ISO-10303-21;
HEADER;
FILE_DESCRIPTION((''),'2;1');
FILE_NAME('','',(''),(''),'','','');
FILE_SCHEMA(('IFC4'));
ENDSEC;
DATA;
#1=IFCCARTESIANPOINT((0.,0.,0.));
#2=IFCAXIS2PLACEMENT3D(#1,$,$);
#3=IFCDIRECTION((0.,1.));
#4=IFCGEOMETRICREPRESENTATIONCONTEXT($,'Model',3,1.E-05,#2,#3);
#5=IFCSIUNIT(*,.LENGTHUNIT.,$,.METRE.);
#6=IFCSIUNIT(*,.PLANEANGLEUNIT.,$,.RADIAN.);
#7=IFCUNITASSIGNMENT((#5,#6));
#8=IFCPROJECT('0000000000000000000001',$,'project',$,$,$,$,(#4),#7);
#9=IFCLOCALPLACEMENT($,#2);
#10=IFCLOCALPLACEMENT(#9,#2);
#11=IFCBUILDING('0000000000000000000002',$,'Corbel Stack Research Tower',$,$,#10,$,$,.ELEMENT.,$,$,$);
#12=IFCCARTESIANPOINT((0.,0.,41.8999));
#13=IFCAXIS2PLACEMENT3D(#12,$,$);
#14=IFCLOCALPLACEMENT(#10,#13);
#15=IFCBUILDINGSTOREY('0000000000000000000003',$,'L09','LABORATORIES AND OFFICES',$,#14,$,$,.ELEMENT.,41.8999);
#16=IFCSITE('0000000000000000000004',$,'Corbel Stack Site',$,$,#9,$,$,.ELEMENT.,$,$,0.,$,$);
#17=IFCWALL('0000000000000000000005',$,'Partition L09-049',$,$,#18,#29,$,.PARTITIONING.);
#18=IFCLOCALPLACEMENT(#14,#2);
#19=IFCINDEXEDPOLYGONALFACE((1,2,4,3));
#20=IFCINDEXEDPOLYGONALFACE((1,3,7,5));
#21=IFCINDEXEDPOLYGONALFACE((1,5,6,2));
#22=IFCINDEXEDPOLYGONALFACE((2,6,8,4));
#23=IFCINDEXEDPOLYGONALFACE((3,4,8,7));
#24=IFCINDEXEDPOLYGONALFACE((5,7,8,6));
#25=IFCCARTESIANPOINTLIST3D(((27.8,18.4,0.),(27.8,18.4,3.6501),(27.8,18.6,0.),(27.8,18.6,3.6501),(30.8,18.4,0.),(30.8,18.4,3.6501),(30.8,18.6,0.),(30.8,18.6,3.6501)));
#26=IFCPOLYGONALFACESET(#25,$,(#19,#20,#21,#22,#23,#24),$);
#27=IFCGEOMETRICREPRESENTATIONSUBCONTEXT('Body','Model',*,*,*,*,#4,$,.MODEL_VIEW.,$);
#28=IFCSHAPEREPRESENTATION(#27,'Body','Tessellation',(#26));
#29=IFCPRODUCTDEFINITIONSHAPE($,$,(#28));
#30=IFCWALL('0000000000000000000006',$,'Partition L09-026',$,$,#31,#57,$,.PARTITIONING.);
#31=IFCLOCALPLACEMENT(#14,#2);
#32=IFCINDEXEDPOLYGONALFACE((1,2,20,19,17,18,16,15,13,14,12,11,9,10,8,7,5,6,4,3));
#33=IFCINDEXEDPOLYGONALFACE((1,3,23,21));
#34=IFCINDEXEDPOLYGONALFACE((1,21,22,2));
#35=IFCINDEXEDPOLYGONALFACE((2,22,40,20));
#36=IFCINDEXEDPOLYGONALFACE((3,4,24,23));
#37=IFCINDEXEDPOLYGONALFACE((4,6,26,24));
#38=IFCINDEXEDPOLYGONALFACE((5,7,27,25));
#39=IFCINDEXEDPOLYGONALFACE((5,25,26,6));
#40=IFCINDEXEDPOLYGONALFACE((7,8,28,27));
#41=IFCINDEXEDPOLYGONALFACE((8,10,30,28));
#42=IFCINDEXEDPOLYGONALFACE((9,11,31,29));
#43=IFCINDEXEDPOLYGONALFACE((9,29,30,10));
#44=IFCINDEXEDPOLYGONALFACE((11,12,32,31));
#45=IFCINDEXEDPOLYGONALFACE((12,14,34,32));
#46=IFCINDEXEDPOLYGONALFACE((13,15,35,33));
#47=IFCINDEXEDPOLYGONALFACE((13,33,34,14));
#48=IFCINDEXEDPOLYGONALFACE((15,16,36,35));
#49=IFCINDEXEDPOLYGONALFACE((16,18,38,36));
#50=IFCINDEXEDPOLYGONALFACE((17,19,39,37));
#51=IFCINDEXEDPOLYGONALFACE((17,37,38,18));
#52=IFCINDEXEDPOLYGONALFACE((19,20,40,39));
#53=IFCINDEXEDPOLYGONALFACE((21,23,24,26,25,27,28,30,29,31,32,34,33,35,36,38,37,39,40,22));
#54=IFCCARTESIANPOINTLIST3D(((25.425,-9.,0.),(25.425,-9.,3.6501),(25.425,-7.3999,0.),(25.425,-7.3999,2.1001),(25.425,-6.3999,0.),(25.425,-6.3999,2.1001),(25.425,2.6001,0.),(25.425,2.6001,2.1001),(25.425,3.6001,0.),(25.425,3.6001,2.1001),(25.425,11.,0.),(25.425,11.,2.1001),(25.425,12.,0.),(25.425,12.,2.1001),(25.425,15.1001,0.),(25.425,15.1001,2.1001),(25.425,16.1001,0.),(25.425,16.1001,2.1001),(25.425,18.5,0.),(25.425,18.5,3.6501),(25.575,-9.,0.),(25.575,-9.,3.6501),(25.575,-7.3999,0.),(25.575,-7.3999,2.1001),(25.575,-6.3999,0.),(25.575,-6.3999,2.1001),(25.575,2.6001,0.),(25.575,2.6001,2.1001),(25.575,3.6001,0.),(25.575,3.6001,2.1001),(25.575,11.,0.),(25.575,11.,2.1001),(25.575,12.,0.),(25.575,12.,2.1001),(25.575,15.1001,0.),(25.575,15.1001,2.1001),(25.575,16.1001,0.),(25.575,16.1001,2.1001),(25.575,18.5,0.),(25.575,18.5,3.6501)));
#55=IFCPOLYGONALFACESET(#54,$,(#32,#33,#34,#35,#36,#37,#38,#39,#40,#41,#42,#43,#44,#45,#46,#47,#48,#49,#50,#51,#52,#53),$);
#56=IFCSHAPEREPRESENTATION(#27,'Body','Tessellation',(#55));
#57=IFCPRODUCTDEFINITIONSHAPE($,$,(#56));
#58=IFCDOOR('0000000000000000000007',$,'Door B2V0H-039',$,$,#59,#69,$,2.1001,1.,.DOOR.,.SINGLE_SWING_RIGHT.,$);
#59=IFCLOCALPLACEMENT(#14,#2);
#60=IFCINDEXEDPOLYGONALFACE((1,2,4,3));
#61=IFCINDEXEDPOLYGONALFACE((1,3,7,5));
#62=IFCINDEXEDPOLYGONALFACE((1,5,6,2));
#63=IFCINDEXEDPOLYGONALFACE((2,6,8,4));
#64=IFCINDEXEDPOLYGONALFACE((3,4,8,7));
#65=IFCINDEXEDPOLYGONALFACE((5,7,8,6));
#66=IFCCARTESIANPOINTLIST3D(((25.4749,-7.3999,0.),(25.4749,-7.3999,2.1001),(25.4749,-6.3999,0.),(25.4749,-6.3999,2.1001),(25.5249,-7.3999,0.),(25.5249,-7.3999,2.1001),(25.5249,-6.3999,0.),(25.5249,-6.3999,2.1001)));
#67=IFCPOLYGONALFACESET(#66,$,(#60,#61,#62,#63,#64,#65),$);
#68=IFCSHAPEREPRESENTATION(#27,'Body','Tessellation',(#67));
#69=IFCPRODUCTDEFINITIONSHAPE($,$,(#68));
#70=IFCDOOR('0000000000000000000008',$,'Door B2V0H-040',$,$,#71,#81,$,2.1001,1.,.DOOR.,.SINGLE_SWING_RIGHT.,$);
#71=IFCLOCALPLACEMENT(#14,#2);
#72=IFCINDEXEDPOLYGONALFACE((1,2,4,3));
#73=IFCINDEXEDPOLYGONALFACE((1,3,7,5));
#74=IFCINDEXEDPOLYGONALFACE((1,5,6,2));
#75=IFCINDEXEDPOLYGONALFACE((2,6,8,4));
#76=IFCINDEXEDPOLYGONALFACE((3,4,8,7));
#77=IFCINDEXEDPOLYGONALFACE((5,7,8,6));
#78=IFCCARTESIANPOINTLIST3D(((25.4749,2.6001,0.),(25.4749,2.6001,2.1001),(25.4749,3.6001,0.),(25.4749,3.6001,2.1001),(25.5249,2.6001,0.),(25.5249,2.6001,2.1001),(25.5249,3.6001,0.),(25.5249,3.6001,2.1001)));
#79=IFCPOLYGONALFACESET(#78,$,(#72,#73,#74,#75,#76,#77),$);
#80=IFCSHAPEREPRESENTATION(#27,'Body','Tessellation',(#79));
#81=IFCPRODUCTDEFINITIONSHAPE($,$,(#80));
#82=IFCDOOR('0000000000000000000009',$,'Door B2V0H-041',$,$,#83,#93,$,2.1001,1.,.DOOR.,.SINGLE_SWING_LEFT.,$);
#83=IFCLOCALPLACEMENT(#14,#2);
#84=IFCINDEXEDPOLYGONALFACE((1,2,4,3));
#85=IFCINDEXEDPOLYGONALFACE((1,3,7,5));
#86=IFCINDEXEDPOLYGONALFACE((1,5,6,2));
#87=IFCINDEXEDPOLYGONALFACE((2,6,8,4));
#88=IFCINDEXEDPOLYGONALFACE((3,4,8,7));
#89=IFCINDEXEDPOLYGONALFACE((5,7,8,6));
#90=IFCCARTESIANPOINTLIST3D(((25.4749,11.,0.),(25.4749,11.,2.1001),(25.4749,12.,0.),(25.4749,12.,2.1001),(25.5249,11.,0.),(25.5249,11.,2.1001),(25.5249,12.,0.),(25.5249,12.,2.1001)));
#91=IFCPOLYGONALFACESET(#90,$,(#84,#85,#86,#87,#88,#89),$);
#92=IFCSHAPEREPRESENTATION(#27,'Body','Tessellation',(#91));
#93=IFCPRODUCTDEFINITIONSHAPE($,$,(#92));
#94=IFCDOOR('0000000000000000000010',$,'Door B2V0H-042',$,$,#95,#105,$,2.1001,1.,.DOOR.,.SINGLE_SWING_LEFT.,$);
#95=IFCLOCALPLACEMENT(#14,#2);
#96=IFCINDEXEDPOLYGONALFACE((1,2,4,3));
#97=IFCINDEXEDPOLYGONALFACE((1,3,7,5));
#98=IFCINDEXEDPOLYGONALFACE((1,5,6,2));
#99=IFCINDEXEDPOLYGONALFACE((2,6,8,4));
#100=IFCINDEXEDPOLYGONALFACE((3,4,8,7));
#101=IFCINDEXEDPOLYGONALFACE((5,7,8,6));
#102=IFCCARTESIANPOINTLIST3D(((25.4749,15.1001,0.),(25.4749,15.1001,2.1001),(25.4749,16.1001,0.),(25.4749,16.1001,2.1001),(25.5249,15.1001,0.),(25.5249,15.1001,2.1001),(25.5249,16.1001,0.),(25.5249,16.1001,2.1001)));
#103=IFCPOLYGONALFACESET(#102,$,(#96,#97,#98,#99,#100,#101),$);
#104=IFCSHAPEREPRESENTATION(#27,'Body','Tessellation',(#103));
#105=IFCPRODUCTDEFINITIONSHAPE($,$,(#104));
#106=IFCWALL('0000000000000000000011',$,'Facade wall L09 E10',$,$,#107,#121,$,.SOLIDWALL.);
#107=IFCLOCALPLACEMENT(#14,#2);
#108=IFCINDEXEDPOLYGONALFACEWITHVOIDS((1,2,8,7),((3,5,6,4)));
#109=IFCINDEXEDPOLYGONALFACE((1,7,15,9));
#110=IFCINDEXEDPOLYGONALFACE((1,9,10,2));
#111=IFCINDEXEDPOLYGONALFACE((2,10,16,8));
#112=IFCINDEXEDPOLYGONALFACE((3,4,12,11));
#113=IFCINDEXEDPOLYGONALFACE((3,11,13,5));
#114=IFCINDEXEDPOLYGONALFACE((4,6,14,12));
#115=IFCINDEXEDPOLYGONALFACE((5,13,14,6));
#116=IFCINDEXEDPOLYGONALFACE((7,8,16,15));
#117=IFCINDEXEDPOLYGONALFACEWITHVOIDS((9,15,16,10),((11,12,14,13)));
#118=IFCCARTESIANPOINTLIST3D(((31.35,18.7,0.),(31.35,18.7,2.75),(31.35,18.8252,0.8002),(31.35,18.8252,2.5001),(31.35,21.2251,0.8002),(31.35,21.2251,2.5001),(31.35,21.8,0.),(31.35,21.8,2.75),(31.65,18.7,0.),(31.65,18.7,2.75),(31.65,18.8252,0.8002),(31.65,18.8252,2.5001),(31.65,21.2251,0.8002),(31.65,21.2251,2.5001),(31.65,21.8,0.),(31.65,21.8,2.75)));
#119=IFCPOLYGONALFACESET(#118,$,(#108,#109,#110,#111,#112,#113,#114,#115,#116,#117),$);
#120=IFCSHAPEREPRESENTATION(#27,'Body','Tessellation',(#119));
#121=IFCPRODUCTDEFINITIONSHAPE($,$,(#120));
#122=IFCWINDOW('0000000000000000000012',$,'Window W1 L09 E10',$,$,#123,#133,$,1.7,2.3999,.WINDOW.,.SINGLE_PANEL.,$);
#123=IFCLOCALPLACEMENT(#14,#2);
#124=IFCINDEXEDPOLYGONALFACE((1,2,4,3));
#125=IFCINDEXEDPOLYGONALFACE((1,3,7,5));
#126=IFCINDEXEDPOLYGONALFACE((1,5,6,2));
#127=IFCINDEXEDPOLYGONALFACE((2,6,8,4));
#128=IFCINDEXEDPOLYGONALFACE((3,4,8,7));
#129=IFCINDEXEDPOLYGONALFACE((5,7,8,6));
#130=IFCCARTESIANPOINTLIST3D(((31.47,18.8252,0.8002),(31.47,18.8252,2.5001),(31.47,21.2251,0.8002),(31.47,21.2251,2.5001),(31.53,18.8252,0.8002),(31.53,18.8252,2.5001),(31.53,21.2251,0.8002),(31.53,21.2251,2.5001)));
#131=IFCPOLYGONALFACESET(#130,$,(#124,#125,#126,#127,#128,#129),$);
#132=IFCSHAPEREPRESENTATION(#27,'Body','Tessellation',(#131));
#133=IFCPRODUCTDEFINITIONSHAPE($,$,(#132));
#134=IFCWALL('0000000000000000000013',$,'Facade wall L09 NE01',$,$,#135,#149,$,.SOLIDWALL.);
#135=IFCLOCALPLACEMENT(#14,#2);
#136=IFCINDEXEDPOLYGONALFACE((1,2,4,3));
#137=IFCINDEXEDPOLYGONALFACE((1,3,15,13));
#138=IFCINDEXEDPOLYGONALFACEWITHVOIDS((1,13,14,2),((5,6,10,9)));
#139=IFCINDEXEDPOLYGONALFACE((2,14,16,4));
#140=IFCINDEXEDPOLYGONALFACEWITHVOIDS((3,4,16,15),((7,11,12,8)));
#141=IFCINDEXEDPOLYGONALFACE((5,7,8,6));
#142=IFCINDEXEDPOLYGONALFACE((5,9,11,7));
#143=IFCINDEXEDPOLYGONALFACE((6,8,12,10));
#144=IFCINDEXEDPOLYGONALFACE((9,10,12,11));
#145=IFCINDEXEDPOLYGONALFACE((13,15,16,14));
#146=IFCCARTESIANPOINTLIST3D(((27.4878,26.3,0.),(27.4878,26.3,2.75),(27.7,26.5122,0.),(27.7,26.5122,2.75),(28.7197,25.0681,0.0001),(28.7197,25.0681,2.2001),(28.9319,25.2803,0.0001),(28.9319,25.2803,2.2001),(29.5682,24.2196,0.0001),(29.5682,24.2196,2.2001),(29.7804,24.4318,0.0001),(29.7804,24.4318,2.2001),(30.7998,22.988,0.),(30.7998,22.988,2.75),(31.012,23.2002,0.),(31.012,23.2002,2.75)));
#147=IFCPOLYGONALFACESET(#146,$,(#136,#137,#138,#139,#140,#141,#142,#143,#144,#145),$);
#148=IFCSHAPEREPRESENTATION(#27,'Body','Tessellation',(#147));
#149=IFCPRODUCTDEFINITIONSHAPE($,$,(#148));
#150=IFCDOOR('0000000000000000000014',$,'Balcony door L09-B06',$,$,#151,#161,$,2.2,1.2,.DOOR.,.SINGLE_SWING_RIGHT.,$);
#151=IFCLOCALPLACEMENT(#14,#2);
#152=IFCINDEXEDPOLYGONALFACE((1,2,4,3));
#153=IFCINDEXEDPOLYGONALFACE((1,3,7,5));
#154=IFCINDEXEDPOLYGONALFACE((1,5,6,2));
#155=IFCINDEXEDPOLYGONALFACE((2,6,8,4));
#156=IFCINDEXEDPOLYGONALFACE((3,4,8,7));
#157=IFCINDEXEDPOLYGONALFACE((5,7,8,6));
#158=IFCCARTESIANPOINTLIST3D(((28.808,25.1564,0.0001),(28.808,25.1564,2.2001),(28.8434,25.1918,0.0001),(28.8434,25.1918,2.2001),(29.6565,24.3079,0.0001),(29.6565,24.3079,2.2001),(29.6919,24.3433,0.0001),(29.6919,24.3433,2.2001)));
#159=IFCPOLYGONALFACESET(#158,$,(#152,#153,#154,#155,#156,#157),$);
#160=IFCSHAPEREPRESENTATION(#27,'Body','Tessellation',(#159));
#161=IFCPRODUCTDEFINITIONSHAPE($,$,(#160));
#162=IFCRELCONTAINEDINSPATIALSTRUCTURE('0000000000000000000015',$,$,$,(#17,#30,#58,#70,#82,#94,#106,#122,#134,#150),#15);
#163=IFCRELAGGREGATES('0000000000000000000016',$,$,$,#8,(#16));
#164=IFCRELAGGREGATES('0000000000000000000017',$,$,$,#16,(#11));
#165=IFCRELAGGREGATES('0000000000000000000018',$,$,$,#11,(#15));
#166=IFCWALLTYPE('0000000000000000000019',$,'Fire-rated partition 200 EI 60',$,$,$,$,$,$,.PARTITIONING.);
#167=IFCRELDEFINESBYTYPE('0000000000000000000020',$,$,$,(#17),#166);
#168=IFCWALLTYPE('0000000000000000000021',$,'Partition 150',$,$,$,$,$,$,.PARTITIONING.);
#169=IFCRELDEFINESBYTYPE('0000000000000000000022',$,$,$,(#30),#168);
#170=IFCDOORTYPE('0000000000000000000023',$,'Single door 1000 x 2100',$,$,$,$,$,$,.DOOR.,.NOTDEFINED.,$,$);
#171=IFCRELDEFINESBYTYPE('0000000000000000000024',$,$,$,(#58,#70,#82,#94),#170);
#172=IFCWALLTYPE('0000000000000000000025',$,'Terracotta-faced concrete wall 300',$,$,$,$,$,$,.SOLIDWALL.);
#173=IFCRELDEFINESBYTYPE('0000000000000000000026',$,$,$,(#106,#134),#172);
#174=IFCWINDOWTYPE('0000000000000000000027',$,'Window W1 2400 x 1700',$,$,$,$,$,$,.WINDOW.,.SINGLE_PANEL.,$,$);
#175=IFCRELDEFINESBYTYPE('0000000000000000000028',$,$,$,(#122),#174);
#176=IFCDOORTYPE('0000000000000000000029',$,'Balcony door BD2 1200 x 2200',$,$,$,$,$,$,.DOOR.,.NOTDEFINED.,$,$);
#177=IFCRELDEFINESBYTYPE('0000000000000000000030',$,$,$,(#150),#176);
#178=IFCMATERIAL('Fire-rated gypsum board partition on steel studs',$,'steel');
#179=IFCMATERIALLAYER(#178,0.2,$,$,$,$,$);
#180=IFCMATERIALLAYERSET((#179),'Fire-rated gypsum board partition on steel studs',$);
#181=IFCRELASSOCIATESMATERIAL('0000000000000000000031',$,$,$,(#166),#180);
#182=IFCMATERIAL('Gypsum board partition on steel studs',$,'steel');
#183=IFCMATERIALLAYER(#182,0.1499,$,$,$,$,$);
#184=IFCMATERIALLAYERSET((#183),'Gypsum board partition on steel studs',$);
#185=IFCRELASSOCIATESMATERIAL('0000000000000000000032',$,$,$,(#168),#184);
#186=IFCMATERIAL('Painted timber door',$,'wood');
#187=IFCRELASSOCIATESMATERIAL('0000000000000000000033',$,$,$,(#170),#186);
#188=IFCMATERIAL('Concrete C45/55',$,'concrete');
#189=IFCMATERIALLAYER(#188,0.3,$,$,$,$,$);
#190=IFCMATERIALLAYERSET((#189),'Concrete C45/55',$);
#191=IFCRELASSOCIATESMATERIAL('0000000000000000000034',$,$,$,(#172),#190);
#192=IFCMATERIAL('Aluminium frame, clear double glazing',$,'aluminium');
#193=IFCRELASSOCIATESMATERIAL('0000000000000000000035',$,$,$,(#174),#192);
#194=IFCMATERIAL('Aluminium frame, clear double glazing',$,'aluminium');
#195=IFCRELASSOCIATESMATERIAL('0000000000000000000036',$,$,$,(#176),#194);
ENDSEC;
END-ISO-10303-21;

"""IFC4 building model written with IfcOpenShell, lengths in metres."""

from ifc_helpers import new_model, si_unit, direction, frame, frame_2d, origin, place, context, subcontext, project, spatial, rectangle, extrude, material, layer, layer_set, type_object, element, fill, save


model = new_model("IFC4")

# Units and contexts
model_context = context("Model", 3, precision=1e-05, world=origin(), true_north=direction((0.0, 1.0)))
body_context = subcontext(model_context, "Body", "Model", "MODEL_VIEW")
ifc_project = project(units=[si_unit("LENGTHUNIT", "METRE"), si_unit("PLANEANGLEUNIT", "RADIAN")], contexts=[model_context])

# Site, building, storey
site_placement = place(None, origin())
site = spatial("IfcSite", under=ifc_project, at=site_placement, Name="Corbel Stack Site", CompositionType="ELEMENT", RefElevation=0.0)
building_placement = place(site_placement, origin())
building = spatial("IfcBuilding", under=site, at=building_placement, Name="Corbel Stack Research Tower", CompositionType="ELEMENT")
storey_placement = place(building_placement, frame((0.0, 0.0, 41.8999)))
storey = spatial("IfcBuildingStorey", under=building, at=storey_placement, Name="L09", Description="LABORATORIES AND OFFICES", CompositionType="ELEMENT", Elevation=41.8999)

# Wall
ifc_material_1 = material(Name="Fire-rated gypsum board partition on steel studs", Category="steel")
ifc_layer_1 = layer(ifc_material_1, 0.2)
ifc_layer_set_1 = layer_set([ifc_layer_1], Name="Fire-rated gypsum board partition on steel studs")
wall_type_1 = type_object("IfcWallType", Name="Fire-rated partition 200 EI 60", PredefinedType="PARTITIONING", material=ifc_layer_set_1)
wall_1_placement = place(storey_placement, frame((27.8, 18.5, 0.0), z_axis=(0.0, 0.0, 1.0), x_axis=(1.0, 0.0, 0.0)))
element("IfcWall", 1, at=wall_1_placement, inside=storey, type_object=wall_type_1, Name="Partition L09-049", PredefinedType="PARTITIONING", context=body_context, shape_type="SweptSolid", body=[
    extrude(rectangle(XDim=3.0, YDim=0.2, at=frame_2d((1.5, 0.0))), origin(), (0.0, 0.0, 1.0), 3.6501),
])

# Wall, openings, doors
ifc_material_2 = material(Name="Gypsum board partition on steel studs", Category="steel")
ifc_layer_2 = layer(ifc_material_2, 0.1499)
ifc_layer_set_2 = layer_set([ifc_layer_2], Name="Gypsum board partition on steel studs")
wall_type_2 = type_object("IfcWallType", Name="Partition 150", PredefinedType="PARTITIONING", material=ifc_layer_set_2)
wall_2_placement = place(storey_placement, frame((25.5, 18.5, 0.0), z_axis=(0.0, 0.0, 1.0), x_axis=(0.0, -1.0, 0.0)))
wall_2 = element("IfcWall", 2, at=wall_2_placement, inside=storey, type_object=wall_type_2, Name="Partition L09-026", PredefinedType="PARTITIONING", context=body_context, shape_type="SweptSolid", body=[
    extrude(rectangle(XDim=27.5, YDim=0.1499, at=frame_2d((13.75, 0.0))), origin(), (0.0, 0.0, 1.0), 3.6501),
])
opening_1_placement = place(wall_2_placement, frame((24.8999, 0.0, 0.0)))
opening_1 = element("IfcOpeningElement", 3, at=opening_1_placement, cuts=wall_2, PredefinedType="OPENING", context=body_context, shape_type="SweptSolid", body=[
    extrude(rectangle(XDim=1.0, YDim=2.1001, at=frame_2d((0.5, 1.05))), frame((0.0, 0.085, 0.0), z_axis=(0.0, -1.0, 0.0), x_axis=(1.0, 0.0, 0.0)), (0.0, 0.0, 1.0), 0.1699),
])
opening_2_placement = place(wall_2_placement, frame((14.8999, 0.0, 0.0)))
opening_2 = element("IfcOpeningElement", 4, at=opening_2_placement, cuts=wall_2, PredefinedType="OPENING", context=body_context, shape_type="SweptSolid", body=[
    extrude(rectangle(XDim=1.0, YDim=2.1001, at=frame_2d((0.5, 1.05))), frame((0.0, 0.085, 0.0), z_axis=(0.0, -1.0, 0.0), x_axis=(1.0, 0.0, 0.0)), (0.0, 0.0, 1.0), 0.1699),
])
opening_3_placement = place(wall_2_placement, frame((6.5, 0.0, 0.0)))
opening_3 = element("IfcOpeningElement", 5, at=opening_3_placement, cuts=wall_2, PredefinedType="OPENING", context=body_context, shape_type="SweptSolid", body=[
    extrude(rectangle(XDim=1.0, YDim=2.1001, at=frame_2d((0.5, 1.05))), frame((0.0, 0.085, 0.0), z_axis=(0.0, -1.0, 0.0), x_axis=(1.0, 0.0, 0.0)), (0.0, 0.0, 1.0), 0.1699),
])
opening_4_placement = place(wall_2_placement, frame((2.3999, 0.0, 0.0)))
opening_4 = element("IfcOpeningElement", 6, at=opening_4_placement, cuts=wall_2, PredefinedType="OPENING", context=body_context, shape_type="SweptSolid", body=[
    extrude(rectangle(XDim=1.0, YDim=2.1001, at=frame_2d((0.5, 1.05))), frame((0.0, 0.085, 0.0), z_axis=(0.0, -1.0, 0.0), x_axis=(1.0, 0.0, 0.0)), (0.0, 0.0, 1.0), 0.1699),
])
ifc_material_3 = material(Name="Painted timber door", Category="wood")
door_type_1 = type_object("IfcDoorType", Name="Single door 1000 x 2100", OperationType="NOTDEFINED", PredefinedType="DOOR", material=ifc_material_3)
door_1_placement = place(opening_1_placement, origin())
door_1 = element("IfcDoor", 7, at=door_1_placement, inside=storey, type_object=door_type_1, Name="Door B2V0H-039", OperationType="SINGLE_SWING_RIGHT", OverallHeight=2.1001, OverallWidth=1.0, PredefinedType="DOOR", context=body_context, shape_type="SweptSolid", body=[
    extrude(rectangle(XDim=1.0, YDim=2.1001, at=frame_2d((0.5, 1.05))), frame((0.0, 0.0249, 0.0), z_axis=(0.0, -1.0, 0.0), x_axis=(1.0, 0.0, 0.0)), (0.0, 0.0, 1.0), 0.05),
])
fill(opening_1, door_1)
door_2_placement = place(opening_2_placement, origin())
door_2 = element("IfcDoor", 8, at=door_2_placement, inside=storey, type_object=door_type_1, Name="Door B2V0H-040", OperationType="SINGLE_SWING_RIGHT", OverallHeight=2.1001, OverallWidth=1.0, PredefinedType="DOOR", context=body_context, shape_type="SweptSolid", body=[
    extrude(rectangle(XDim=1.0, YDim=2.1001, at=frame_2d((0.5, 1.05))), frame((0.0, 0.0249, 0.0), z_axis=(0.0, -1.0, 0.0), x_axis=(1.0, 0.0, 0.0)), (0.0, 0.0, 1.0), 0.05),
])
fill(opening_2, door_2)
door_3_placement = place(opening_3_placement, origin())
door_3 = element("IfcDoor", 9, at=door_3_placement, inside=storey, type_object=door_type_1, Name="Door B2V0H-041", OperationType="SINGLE_SWING_LEFT", OverallHeight=2.1001, OverallWidth=1.0, PredefinedType="DOOR", context=body_context, shape_type="SweptSolid", body=[
    extrude(rectangle(XDim=1.0, YDim=2.1001, at=frame_2d((0.5, 1.05))), frame((0.0, 0.0249, 0.0), z_axis=(0.0, -1.0, 0.0), x_axis=(1.0, 0.0, 0.0)), (0.0, 0.0, 1.0), 0.05),
])
fill(opening_3, door_3)
door_4_placement = place(opening_4_placement, origin())
door_4 = element("IfcDoor", 10, at=door_4_placement, inside=storey, type_object=door_type_1, Name="Door B2V0H-042", OperationType="SINGLE_SWING_LEFT", OverallHeight=2.1001, OverallWidth=1.0, PredefinedType="DOOR", context=body_context, shape_type="SweptSolid", body=[
    extrude(rectangle(XDim=1.0, YDim=2.1001, at=frame_2d((0.5, 1.05))), frame((0.0, 0.0249, 0.0), z_axis=(0.0, -1.0, 0.0), x_axis=(1.0, 0.0, 0.0)), (0.0, 0.0, 1.0), 0.05),
])
fill(opening_4, door_4)

# Wall, opening, window
ifc_material_4 = material(Name="Concrete C45/55", Category="concrete")
ifc_layer_3 = layer(ifc_material_4, 0.3)
ifc_layer_set_3 = layer_set([ifc_layer_3], Name="Concrete C45/55")
wall_type_3 = type_object("IfcWallType", Name="Terracotta-faced concrete wall 300", PredefinedType="SOLIDWALL", material=ifc_layer_set_3)
wall_3_placement = place(storey_placement, frame((31.5, 21.8, 0.0), z_axis=(0.0, 0.0, 1.0), x_axis=(0.0, -1.0, 0.0)))
wall_3 = element("IfcWall", 11, at=wall_3_placement, inside=storey, type_object=wall_type_3, Name="Facade wall L09 E10", PredefinedType="SOLIDWALL", context=body_context, shape_type="SweptSolid", body=[
    extrude(rectangle(XDim=3.1001, YDim=0.3, at=frame_2d((1.55, 0.0))), origin(), (0.0, 0.0, 1.0), 2.75),
])
opening_5_placement = place(wall_3_placement, frame((0.575, 0.0, 0.8)))
opening_5 = element("IfcOpeningElement", 12, at=opening_5_placement, cuts=wall_3, PredefinedType="OPENING", context=body_context, shape_type="SweptSolid", body=[
    extrude(rectangle(XDim=2.3999, YDim=1.7, at=frame_2d((1.2, 0.8501))), frame((0.0, 0.1599, 0.0), z_axis=(0.0, -1.0, 0.0), x_axis=(1.0, 0.0, 0.0)), (0.0, 0.0, 1.0), 0.3201),
])
ifc_material_5 = material(Name="Aluminium frame, clear double glazing", Category="aluminium")
window_type = type_object("IfcWindowType", Name="Window W1 2400 x 1700", PartitioningType="SINGLE_PANEL", PredefinedType="WINDOW", material=ifc_material_5)
window_1_placement = place(opening_5_placement, origin())
window_1 = element("IfcWindow", 13, at=window_1_placement, inside=storey, type_object=window_type, Name="Window W1 L09 E10", OverallHeight=1.7, OverallWidth=2.3999, PartitioningType="SINGLE_PANEL", PredefinedType="WINDOW", context=body_context, shape_type="SweptSolid", body=[
    extrude(rectangle(XDim=2.3999, YDim=1.7, at=frame_2d((1.2, 0.8501))), frame((0.0, 0.03, 0.0), z_axis=(0.0, -1.0, 0.0), x_axis=(1.0, 0.0, 0.0)), (0.0, 0.0, 1.0), 0.0601),
])
fill(opening_5, window_1)

# Wall, opening, door
wall_4_placement = place(storey_placement, frame((27.594, 26.406, 0.0), z_axis=(0.0, 0.0, 1.0), x_axis=(0.707107, -0.707107, 0.0)))
wall_4 = element("IfcWall", 14, at=wall_4_placement, inside=storey, type_object=wall_type_3, Name="Facade wall L09 NE01", PredefinedType="SOLIDWALL", context=body_context, shape_type="SweptSolid", body=[
    extrude(rectangle(XDim=4.6838, YDim=0.3, at=frame_2d((2.3418, 0.0))), origin(), (0.0, 0.0, 1.0), 2.75),
])
opening_6_placement = place(wall_4_placement, frame((1.7419, 0.0, 0.0)))
opening_6 = element("IfcOpeningElement", 15, at=opening_6_placement, cuts=wall_4, PredefinedType="OPENING", context=body_context, shape_type="SweptSolid", body=[
    extrude(rectangle(XDim=1.2, YDim=2.2, at=frame_2d((0.6001, 1.1001))), frame((0.0, 0.1599, 0.0), z_axis=(0.0, -1.0, 0.0), x_axis=(1.0, 0.0, 0.0)), (0.0, 0.0, 1.0), 0.3201),
])
ifc_material_6 = material(Name="Aluminium frame, clear double glazing", Category="aluminium")
door_type_2 = type_object("IfcDoorType", Name="Balcony door BD2 1200 x 2200", OperationType="NOTDEFINED", PredefinedType="DOOR", material=ifc_material_6)
door_5_placement = place(opening_6_placement, origin())
door_5 = element("IfcDoor", 16, at=door_5_placement, inside=storey, type_object=door_type_2, Name="Balcony door L09-B06", OperationType="SINGLE_SWING_RIGHT", OverallHeight=2.2, OverallWidth=1.2, PredefinedType="DOOR", context=body_context, shape_type="SweptSolid", body=[
    extrude(rectangle(XDim=1.2, YDim=2.2, at=frame_2d((0.6001, 1.1001))), frame((0.0, 0.0249, 0.0), z_axis=(0.0, -1.0, 0.0), x_axis=(1.0, 0.0, 0.0)), (0.0, 0.0, 1.0), 0.05),
])
fill(opening_6, door_5)

save(model, "model.ifc")
